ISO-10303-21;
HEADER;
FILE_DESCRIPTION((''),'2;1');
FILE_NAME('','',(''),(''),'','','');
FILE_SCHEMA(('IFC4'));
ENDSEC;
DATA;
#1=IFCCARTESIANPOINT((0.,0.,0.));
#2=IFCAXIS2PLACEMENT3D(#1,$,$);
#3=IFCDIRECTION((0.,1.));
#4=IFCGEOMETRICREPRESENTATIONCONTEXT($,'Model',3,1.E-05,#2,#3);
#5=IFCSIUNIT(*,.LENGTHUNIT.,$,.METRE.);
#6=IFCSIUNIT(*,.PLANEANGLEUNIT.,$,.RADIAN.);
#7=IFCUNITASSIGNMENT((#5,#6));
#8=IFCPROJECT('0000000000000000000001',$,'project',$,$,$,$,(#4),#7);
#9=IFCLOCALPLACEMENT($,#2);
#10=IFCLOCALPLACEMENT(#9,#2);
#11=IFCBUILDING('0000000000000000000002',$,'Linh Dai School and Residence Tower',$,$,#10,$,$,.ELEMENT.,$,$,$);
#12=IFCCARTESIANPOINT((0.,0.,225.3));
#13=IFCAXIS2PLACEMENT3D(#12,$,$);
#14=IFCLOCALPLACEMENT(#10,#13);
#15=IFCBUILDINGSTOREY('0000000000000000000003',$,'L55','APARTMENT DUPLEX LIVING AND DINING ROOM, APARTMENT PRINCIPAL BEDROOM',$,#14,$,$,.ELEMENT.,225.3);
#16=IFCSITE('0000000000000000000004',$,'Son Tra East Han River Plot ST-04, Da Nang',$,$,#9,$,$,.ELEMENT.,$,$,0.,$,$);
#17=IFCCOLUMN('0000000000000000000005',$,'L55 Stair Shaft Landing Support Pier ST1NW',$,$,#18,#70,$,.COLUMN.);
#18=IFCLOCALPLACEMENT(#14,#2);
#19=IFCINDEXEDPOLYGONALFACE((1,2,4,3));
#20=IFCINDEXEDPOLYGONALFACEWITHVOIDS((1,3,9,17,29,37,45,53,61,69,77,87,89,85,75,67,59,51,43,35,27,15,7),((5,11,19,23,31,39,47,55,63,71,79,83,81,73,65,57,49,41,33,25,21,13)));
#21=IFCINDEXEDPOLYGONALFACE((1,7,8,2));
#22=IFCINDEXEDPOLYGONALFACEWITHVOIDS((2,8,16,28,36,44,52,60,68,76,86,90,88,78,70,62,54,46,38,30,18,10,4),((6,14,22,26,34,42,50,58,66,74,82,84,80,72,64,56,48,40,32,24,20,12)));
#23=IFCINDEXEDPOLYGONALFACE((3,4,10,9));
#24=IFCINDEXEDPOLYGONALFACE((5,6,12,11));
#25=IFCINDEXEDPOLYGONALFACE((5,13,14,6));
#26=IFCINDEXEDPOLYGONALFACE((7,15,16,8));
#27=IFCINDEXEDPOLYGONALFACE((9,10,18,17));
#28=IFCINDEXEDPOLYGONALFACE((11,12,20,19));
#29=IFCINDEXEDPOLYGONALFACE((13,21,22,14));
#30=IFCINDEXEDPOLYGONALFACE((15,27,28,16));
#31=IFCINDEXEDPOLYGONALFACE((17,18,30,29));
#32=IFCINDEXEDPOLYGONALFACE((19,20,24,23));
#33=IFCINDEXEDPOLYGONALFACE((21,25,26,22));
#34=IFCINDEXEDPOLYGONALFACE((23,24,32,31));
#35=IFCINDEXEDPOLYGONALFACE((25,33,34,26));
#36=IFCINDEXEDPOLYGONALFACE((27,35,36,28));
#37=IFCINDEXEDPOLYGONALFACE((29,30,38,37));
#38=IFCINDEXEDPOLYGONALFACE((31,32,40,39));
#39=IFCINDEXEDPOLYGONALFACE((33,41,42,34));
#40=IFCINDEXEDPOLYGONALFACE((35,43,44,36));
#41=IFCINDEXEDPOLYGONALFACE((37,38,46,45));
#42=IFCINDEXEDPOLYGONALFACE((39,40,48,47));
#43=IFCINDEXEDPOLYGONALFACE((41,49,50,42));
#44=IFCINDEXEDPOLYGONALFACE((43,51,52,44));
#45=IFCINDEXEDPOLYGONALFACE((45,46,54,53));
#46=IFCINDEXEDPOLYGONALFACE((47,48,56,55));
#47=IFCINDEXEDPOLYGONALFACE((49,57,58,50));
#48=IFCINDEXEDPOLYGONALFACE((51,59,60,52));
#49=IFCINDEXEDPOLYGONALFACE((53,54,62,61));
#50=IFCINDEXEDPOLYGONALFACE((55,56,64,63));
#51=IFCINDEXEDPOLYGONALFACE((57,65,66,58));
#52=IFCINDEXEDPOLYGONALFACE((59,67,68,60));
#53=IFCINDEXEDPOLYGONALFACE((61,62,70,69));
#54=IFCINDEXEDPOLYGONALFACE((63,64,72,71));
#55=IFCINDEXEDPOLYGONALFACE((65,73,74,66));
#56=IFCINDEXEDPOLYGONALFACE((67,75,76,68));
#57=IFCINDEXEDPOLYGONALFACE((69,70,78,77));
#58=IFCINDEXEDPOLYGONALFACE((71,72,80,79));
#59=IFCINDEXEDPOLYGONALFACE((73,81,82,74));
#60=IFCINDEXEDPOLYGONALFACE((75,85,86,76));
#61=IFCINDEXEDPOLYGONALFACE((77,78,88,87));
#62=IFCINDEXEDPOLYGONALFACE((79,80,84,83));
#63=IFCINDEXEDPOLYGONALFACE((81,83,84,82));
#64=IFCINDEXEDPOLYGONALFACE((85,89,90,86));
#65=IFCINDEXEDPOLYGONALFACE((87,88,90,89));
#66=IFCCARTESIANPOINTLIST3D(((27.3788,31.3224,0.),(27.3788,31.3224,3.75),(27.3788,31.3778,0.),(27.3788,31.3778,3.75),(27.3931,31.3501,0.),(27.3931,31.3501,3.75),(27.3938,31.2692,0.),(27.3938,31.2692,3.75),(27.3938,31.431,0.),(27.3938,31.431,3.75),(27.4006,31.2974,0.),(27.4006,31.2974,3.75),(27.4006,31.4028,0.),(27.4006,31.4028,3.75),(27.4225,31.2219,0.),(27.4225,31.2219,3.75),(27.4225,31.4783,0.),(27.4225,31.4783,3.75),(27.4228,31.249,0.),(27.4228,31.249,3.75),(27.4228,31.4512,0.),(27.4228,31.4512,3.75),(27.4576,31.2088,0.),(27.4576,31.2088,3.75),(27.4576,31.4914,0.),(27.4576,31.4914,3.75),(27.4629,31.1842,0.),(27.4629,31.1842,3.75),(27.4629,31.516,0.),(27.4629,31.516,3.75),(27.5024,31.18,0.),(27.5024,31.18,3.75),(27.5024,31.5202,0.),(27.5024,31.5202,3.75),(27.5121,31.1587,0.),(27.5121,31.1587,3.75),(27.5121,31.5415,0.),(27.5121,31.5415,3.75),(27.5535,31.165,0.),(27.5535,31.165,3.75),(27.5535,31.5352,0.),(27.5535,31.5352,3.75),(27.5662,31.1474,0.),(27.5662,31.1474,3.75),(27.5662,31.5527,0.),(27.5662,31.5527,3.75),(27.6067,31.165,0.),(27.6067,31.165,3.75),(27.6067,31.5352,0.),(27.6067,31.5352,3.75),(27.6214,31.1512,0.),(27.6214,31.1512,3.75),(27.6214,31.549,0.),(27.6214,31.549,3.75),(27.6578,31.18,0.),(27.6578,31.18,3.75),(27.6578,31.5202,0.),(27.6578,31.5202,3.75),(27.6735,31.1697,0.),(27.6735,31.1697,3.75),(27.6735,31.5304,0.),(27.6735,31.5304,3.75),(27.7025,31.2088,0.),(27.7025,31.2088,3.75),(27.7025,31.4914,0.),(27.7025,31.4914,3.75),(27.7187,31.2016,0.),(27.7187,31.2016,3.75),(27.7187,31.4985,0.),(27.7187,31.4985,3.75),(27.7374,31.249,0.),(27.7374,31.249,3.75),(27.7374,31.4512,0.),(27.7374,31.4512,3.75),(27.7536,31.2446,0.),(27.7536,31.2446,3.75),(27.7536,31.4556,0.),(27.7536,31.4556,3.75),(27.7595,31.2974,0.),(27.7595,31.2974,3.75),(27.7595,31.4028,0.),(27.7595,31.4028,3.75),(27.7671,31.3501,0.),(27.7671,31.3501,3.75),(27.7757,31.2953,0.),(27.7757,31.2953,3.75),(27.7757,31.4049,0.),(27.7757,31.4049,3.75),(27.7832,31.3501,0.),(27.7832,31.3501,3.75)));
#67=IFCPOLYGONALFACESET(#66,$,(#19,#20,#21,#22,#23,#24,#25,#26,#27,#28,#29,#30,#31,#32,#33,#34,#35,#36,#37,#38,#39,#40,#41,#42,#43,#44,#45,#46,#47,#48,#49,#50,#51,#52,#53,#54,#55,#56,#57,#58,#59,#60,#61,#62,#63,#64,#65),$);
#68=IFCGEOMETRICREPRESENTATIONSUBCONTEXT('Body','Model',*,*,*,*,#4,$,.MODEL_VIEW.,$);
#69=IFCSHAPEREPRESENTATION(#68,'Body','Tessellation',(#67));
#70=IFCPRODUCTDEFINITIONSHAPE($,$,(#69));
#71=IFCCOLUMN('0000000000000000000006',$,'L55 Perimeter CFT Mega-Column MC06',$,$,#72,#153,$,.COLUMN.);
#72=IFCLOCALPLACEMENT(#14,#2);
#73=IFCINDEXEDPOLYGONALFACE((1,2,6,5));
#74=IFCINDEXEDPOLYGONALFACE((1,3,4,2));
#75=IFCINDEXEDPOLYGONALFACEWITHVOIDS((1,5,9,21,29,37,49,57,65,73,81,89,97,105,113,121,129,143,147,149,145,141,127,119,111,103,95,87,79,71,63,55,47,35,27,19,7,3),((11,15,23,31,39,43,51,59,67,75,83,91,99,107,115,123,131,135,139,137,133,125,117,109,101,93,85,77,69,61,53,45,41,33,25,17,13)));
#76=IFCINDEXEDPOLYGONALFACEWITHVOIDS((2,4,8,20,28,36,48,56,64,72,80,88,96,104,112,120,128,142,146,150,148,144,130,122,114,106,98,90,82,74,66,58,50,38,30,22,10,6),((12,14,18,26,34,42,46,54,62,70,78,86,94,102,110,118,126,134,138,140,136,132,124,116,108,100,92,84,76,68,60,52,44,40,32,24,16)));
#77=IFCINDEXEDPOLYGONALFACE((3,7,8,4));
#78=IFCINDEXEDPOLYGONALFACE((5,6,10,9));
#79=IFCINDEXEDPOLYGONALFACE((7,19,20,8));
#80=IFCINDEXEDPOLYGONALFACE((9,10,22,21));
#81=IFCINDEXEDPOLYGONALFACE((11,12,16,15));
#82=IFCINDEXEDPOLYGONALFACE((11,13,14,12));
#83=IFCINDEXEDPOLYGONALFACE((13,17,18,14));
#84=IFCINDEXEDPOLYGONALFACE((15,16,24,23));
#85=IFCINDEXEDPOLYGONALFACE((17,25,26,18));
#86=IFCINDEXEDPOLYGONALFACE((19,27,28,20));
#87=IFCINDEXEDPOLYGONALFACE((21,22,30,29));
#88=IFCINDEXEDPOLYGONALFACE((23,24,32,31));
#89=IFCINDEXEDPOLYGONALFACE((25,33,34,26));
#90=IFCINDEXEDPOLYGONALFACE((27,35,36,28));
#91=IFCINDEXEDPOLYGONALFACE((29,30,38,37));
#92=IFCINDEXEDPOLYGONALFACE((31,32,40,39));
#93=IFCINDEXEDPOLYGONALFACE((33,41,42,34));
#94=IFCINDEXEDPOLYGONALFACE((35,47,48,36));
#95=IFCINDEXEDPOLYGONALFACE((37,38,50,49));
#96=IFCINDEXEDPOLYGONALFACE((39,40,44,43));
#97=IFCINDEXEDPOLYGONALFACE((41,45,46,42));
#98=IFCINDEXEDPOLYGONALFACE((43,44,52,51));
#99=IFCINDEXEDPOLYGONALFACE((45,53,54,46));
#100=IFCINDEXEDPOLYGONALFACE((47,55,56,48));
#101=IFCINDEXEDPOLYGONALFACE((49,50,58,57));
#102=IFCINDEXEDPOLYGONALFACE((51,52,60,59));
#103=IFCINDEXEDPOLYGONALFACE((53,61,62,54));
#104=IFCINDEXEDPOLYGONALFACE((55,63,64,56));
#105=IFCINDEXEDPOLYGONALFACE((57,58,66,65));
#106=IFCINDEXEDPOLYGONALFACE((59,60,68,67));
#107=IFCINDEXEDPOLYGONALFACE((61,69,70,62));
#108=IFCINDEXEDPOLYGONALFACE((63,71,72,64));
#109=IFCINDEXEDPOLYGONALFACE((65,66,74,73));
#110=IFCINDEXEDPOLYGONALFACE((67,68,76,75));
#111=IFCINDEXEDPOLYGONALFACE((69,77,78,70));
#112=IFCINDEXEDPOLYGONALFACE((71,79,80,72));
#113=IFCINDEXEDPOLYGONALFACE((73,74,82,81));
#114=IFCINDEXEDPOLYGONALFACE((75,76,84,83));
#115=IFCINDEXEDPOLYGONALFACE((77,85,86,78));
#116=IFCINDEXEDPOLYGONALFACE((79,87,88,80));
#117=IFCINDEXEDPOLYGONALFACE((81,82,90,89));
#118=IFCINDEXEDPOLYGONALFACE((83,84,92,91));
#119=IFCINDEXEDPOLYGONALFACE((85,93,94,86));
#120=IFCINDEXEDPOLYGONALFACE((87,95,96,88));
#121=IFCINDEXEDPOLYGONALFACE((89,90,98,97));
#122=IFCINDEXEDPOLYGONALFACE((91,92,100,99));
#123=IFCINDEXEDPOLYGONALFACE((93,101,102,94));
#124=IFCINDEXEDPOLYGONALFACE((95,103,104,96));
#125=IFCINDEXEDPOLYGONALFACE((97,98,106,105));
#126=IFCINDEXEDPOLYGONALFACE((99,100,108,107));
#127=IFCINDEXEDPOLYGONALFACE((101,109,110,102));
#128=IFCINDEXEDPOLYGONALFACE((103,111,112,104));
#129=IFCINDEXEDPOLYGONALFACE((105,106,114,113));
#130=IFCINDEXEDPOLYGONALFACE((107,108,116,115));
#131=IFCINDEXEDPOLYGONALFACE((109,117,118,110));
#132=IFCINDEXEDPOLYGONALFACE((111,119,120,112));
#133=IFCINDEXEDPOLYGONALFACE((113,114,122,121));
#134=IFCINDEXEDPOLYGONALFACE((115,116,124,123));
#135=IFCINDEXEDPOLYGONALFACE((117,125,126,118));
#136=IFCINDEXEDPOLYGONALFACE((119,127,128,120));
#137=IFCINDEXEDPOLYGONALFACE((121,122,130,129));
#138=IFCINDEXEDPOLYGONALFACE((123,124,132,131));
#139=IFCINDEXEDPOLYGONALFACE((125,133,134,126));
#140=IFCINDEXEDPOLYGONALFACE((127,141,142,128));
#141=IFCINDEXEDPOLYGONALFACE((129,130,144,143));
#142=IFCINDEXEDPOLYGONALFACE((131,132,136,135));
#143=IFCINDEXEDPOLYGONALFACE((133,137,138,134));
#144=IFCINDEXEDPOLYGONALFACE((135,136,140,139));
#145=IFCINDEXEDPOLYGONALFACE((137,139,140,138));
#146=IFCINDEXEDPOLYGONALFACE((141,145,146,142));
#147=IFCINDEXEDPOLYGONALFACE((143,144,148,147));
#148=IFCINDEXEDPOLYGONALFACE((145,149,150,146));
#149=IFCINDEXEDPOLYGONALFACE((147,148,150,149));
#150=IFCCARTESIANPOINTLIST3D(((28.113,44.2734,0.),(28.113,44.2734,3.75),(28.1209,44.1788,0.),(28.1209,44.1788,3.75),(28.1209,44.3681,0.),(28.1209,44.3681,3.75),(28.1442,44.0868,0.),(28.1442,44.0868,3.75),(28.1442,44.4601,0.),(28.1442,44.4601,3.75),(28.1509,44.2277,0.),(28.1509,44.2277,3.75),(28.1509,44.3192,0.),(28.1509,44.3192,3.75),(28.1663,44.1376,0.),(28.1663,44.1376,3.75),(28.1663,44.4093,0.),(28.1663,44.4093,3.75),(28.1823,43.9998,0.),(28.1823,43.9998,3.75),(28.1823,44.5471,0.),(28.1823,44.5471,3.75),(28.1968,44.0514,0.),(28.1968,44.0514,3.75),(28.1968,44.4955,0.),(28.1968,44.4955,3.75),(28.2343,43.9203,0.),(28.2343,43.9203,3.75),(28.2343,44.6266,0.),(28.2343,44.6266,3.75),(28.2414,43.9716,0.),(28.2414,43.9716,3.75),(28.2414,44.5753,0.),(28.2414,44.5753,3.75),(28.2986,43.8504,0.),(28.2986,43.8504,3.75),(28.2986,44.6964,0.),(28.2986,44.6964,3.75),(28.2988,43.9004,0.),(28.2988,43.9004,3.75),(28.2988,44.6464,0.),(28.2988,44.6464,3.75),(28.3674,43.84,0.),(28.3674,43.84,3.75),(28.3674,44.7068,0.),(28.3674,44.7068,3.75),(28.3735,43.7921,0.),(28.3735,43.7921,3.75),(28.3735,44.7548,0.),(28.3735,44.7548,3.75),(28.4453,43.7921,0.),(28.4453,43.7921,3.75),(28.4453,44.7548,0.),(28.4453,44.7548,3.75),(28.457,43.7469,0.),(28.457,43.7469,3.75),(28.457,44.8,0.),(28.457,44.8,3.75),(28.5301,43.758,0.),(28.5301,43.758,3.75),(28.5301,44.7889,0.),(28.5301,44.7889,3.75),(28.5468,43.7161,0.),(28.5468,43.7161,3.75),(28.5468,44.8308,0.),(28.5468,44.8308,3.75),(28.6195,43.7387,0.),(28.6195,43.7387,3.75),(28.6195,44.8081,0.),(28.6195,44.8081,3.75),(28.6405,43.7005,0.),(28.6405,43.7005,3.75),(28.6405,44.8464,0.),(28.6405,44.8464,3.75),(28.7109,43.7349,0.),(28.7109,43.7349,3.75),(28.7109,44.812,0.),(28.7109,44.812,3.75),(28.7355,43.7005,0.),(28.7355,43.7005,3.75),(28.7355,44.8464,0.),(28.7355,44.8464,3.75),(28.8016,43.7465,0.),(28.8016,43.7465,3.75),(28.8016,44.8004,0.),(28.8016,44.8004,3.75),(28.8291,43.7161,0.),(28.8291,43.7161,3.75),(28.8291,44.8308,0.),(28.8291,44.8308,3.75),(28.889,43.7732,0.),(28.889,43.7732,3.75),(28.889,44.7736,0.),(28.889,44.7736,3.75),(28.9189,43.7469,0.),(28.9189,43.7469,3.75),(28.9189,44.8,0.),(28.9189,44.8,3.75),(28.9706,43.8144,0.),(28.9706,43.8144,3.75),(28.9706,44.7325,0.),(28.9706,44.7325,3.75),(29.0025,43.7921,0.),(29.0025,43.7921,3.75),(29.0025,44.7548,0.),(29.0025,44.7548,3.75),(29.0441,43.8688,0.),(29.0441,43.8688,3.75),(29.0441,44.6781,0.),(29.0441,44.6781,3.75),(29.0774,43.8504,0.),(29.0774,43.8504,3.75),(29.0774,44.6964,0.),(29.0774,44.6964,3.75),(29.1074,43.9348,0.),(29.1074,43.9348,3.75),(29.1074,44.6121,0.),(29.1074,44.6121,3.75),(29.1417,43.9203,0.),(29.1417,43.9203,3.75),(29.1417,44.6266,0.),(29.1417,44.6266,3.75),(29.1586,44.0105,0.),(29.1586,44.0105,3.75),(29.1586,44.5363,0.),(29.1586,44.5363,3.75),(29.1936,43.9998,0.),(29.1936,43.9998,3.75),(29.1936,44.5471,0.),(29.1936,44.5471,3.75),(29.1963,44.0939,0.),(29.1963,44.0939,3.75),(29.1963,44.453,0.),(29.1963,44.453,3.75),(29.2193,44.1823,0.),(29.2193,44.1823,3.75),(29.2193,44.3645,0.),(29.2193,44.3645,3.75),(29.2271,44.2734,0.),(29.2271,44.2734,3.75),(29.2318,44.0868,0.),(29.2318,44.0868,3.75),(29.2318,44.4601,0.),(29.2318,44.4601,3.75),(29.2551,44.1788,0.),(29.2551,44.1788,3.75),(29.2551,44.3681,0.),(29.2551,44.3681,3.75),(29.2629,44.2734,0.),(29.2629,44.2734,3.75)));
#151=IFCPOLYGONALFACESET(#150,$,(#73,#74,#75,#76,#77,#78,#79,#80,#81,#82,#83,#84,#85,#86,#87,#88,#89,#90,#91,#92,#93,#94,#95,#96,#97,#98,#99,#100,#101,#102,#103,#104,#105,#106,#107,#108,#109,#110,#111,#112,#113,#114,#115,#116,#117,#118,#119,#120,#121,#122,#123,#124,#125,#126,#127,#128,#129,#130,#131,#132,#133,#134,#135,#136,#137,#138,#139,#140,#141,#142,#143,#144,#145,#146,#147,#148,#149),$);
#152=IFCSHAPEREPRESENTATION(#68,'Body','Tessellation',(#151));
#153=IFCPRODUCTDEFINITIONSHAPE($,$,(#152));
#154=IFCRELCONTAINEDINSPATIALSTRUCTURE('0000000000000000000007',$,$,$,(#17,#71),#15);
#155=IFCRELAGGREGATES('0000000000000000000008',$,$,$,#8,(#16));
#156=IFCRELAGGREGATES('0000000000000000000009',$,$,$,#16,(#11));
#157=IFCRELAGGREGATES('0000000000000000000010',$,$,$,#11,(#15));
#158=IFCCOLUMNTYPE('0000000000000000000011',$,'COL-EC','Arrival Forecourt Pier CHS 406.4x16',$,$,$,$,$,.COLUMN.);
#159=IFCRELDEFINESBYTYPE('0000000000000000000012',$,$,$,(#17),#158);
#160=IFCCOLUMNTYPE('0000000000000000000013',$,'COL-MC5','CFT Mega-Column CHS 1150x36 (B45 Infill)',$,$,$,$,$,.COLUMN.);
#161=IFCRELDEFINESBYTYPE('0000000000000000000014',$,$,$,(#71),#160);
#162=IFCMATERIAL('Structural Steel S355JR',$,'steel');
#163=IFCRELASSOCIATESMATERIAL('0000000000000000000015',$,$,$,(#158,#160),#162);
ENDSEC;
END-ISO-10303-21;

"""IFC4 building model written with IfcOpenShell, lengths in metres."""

from ifc_helpers import new_model, si_unit, direction, frame, origin, origin_2d, place, context, subcontext, project, spatial, hollow_circle, extrude, material, material_profile, profile_set, type_object, element, save


model = new_model("IFC4")

# Units and contexts
model_context = context("Model", 3, precision=1e-05, world=origin(), true_north=direction((0.0, 1.0)))
body_context = subcontext(model_context, "Body", "Model", "MODEL_VIEW")
ifc_project = project(units=[si_unit("LENGTHUNIT", "METRE"), si_unit("PLANEANGLEUNIT", "RADIAN")], contexts=[model_context])

# Site, building, storey
site_placement = place(None, origin())
site = spatial("IfcSite", under=ifc_project, at=site_placement, Name="Son Tra East Han River Plot ST-04, Da Nang", CompositionType="ELEMENT", RefElevation=0.0)
building_placement = place(site_placement, origin())
building = spatial("IfcBuilding", under=site, at=building_placement, Name="Linh Dai School and Residence Tower", CompositionType="ELEMENT")
storey_placement = place(building_placement, frame((0.0, 0.0, 225.3)))
storey = spatial("IfcBuildingStorey", under=building, at=storey_placement, Name="L55", Description="APARTMENT DUPLEX LIVING AND DINING ROOM, APARTMENT PRINCIPAL BEDROOM", CompositionType="ELEMENT", Elevation=225.3)

# Columns
ifc_material_1 = material(Name="Structural Steel S355JR", Category="steel")
ifc_material_profile_1 = material_profile(ifc_material_1, hollow_circle(Radius=0.2031, WallThickness=0.0161, at=origin_2d()), Name="CHS 406.4x16")
ifc_profile_set_1 = profile_set([ifc_material_profile_1], Name="Structural Steel S355JR")
column_type_1 = type_object("IfcColumnType", Name="COL-EC", Description="Arrival Forecourt Pier CHS 406.4x16", PredefinedType="COLUMN", material=ifc_profile_set_1)
column_1_placement = place(storey_placement, frame((27.5801, 31.3501, 0.0), z_axis=(0.0, 0.0, 1.0), x_axis=(1.0, 0.0, 0.0)))
element("IfcColumn", 1, at=column_1_placement, inside=storey, type_object=column_type_1, Name="L55 Stair Shaft Landing Support Pier ST1NW", PredefinedType="COLUMN", context=body_context, shape_type="SweptSolid", body=[
    extrude(hollow_circle(Radius=0.2031, WallThickness=0.0161, at=origin_2d()), origin(), (0.0, 0.0, 1.0), 3.75),
])
ifc_material_profile_2 = material_profile(ifc_material_1, hollow_circle(Radius=0.575, WallThickness=0.0359, at=origin_2d()), Name="CHS 1150x36")
ifc_profile_set_2 = profile_set([ifc_material_profile_2], Name="Structural Steel S355JR")
column_type_2 = type_object("IfcColumnType", Name="COL-MC5", Description="CFT Mega-Column CHS 1150x36 (B45 Infill)", PredefinedType="COLUMN", material=ifc_profile_set_2)
column_2_placement = place(storey_placement, frame((28.688, 44.2734, 0.0), z_axis=(0.0, 0.0, 1.0), x_axis=(1.0, 0.0, 0.0)))
element("IfcColumn", 2, at=column_2_placement, inside=storey, type_object=column_type_2, Name="L55 Perimeter CFT Mega-Column MC06", PredefinedType="COLUMN", context=body_context, shape_type="SweptSolid", body=[
    extrude(hollow_circle(Radius=0.575, WallThickness=0.0359, at=origin_2d()), origin(), (0.0, 0.0, 1.0), 3.75),
])

save(model, "model.ifc")
